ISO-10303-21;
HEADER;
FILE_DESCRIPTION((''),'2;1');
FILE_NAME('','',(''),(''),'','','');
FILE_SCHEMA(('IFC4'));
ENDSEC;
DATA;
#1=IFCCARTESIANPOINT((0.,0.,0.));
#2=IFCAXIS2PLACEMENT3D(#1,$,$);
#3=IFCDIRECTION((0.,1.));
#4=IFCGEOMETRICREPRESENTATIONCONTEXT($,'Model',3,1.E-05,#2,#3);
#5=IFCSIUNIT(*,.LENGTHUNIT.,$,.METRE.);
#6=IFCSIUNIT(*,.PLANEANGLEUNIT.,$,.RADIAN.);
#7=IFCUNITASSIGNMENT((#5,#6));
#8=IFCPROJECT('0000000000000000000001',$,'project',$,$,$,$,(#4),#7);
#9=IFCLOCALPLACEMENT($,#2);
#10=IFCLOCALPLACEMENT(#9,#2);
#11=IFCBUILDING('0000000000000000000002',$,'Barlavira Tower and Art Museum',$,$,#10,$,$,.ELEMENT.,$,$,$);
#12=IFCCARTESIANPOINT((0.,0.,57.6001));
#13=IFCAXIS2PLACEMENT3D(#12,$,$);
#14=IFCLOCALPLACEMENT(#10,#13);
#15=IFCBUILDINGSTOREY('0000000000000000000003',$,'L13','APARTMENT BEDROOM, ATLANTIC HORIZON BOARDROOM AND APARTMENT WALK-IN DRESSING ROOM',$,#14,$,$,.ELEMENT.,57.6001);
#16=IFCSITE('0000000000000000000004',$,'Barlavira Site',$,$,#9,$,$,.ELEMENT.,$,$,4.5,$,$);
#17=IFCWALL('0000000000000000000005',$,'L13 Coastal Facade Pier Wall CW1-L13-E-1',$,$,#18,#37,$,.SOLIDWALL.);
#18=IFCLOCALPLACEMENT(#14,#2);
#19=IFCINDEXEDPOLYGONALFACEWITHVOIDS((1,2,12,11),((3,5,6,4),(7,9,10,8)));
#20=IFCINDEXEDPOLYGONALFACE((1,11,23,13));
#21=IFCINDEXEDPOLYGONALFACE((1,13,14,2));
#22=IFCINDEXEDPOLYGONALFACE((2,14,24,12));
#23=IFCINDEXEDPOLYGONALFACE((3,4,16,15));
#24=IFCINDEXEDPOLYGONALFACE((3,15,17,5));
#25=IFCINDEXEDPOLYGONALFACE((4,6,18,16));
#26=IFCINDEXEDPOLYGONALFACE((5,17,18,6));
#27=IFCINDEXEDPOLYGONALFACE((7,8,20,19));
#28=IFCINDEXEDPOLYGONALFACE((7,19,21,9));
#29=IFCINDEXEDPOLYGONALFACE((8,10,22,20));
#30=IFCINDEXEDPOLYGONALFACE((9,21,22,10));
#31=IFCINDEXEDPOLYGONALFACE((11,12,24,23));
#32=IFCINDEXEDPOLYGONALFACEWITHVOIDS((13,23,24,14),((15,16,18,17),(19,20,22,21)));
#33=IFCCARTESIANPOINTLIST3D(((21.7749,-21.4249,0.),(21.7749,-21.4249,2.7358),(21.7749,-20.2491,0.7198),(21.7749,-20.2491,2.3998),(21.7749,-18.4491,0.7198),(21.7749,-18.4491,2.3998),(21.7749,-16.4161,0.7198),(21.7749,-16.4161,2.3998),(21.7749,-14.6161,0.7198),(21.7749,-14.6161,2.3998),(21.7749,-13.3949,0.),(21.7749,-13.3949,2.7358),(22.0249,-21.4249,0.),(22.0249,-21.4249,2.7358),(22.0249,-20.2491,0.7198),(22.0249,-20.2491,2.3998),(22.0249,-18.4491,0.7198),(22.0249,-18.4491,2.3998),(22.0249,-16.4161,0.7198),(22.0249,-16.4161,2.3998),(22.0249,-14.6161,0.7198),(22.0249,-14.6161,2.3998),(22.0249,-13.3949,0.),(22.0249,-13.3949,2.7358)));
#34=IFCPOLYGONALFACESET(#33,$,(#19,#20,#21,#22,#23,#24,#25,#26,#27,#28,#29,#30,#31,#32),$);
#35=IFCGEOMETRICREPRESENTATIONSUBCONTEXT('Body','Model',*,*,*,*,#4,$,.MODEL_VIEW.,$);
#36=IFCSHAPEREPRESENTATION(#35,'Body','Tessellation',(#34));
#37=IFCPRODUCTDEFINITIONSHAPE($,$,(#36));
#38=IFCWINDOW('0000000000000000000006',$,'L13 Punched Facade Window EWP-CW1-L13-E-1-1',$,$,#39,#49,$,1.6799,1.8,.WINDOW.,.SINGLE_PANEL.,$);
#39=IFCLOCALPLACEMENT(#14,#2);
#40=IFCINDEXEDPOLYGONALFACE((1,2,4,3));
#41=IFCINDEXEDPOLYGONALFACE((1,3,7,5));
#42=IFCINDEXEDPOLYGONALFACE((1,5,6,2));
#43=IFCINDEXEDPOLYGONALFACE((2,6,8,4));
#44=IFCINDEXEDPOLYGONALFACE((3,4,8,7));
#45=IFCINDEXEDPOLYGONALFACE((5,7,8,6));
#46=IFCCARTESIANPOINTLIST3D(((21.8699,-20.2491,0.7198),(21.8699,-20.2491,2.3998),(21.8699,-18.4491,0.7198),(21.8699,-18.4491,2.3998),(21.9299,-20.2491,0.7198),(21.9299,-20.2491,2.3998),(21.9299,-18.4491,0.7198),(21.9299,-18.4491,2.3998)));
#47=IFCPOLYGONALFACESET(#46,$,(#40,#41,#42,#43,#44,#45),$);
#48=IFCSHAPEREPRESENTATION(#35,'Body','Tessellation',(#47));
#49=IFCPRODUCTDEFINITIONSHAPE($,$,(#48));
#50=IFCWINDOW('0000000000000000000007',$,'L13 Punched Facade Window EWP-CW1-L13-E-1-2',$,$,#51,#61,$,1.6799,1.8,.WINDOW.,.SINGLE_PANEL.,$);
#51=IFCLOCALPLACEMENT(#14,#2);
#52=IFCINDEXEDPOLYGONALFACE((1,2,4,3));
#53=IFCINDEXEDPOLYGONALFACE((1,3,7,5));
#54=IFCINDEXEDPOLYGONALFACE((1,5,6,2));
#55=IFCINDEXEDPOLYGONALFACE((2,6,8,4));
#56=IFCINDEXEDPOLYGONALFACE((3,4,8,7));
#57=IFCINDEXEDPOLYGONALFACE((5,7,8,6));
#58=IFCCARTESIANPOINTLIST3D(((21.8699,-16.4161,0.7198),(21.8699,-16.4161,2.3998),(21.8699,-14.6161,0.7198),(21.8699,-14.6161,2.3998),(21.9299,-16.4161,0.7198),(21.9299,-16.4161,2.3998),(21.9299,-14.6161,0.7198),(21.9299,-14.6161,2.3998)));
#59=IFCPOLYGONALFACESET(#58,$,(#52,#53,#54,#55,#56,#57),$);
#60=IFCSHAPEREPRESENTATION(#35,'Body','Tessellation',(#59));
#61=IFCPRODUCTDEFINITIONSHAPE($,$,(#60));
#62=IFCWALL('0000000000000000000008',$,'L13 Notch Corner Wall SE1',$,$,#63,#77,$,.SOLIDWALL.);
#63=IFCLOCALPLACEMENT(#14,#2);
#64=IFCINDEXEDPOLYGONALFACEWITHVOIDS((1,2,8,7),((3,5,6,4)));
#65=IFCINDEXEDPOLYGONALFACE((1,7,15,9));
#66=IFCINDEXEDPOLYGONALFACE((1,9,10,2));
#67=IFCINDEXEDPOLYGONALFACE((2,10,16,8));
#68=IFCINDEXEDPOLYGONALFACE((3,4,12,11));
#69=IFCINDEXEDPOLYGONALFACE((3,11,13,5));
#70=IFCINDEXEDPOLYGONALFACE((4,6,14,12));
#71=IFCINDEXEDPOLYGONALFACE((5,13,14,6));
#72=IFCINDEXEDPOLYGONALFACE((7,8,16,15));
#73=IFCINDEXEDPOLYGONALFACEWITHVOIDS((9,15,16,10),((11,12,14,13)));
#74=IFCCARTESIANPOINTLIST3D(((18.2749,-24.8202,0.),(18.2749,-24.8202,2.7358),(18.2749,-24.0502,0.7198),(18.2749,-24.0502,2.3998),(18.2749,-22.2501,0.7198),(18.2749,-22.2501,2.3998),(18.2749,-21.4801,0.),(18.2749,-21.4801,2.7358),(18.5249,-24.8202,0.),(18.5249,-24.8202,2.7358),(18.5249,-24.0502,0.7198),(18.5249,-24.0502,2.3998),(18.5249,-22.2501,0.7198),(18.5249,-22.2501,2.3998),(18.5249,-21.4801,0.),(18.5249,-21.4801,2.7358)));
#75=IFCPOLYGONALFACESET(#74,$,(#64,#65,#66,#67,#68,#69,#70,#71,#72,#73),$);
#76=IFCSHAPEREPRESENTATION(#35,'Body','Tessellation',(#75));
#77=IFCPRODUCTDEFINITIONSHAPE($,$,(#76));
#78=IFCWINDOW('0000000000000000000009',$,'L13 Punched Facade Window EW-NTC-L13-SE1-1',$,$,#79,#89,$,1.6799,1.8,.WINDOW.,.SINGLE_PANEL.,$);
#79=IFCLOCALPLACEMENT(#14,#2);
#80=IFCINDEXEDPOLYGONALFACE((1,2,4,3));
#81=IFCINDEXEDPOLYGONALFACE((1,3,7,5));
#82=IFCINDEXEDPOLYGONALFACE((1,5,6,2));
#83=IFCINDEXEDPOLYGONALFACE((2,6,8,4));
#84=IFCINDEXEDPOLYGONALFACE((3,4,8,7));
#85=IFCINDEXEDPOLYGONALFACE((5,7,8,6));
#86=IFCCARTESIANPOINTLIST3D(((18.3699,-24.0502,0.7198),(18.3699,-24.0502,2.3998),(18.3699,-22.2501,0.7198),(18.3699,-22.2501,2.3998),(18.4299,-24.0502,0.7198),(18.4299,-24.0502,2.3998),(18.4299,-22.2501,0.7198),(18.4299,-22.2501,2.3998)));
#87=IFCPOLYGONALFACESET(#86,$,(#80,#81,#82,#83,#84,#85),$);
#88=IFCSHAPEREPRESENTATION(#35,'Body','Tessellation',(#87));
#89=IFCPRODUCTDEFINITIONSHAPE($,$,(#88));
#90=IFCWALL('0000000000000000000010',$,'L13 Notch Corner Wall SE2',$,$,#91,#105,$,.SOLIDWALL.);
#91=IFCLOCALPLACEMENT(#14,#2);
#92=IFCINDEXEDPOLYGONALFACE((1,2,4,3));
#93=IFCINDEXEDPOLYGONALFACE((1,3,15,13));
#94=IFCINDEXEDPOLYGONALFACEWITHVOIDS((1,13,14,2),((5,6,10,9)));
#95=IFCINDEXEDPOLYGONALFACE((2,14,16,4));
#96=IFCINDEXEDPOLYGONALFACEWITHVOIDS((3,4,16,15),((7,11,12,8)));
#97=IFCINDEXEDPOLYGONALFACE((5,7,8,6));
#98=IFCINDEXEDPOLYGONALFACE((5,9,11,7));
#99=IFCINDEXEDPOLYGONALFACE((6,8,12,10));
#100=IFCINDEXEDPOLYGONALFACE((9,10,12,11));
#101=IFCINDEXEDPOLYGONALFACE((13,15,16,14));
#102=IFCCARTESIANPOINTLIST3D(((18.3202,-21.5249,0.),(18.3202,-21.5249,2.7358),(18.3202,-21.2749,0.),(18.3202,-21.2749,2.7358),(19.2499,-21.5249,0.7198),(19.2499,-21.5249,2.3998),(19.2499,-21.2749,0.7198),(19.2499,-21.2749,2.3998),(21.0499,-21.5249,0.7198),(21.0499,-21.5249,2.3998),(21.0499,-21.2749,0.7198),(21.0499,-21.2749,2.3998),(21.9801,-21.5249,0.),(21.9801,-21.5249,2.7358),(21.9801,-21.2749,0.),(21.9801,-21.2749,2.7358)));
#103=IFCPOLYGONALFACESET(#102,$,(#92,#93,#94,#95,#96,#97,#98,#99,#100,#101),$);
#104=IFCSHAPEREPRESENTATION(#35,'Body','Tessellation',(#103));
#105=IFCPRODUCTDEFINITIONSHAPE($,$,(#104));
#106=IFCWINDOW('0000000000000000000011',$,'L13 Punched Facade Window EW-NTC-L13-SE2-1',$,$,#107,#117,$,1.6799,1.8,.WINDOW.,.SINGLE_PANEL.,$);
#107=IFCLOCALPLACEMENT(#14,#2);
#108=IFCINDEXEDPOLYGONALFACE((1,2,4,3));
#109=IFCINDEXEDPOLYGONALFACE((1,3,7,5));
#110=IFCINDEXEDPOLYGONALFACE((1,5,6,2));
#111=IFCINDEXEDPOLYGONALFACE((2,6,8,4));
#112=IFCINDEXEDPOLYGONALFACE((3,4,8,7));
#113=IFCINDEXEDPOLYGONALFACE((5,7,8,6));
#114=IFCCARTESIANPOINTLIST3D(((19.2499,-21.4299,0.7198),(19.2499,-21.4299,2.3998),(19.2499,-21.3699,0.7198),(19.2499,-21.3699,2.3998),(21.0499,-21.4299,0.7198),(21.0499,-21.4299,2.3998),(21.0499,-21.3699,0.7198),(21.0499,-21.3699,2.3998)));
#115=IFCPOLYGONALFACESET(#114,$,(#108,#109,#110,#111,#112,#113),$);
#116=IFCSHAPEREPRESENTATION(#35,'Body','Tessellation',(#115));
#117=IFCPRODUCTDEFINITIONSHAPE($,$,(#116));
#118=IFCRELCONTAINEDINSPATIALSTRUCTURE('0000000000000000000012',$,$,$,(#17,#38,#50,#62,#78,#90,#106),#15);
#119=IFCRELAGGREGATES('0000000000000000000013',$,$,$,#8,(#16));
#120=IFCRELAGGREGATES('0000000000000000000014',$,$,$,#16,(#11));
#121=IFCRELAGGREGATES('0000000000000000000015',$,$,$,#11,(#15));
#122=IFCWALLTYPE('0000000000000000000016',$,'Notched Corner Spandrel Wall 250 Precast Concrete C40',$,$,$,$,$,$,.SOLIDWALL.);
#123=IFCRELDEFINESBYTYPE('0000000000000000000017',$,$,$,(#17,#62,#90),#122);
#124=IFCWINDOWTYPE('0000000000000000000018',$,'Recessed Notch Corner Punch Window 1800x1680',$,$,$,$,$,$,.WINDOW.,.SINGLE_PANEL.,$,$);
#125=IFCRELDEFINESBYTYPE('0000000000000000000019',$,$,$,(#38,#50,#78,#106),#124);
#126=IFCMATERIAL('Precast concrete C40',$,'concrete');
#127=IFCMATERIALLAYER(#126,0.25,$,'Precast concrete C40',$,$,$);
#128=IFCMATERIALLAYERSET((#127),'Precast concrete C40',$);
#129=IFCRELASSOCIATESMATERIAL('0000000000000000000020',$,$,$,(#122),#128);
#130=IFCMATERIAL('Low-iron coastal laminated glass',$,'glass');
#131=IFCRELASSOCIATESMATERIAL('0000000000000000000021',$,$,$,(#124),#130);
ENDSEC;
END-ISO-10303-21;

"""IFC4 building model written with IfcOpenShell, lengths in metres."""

from ifc_helpers import new_model, si_unit, direction, frame, frame_2d, origin, place, context, subcontext, project, spatial, rectangle, extrude, material, layer, layer_set, type_object, element, fill, save


model = new_model("IFC4")

# Units and contexts
model_context = context("Model", 3, precision=1e-05, world=origin(), true_north=direction((0.0, 1.0)))
body_context = subcontext(model_context, "Body", "Model", "MODEL_VIEW")
ifc_project = project(units=[si_unit("LENGTHUNIT", "METRE"), si_unit("PLANEANGLEUNIT", "RADIAN")], contexts=[model_context])

# Site, building, storey
site_placement = place(None, origin())
site = spatial("IfcSite", under=ifc_project, at=site_placement, Name="Barlavira Site", CompositionType="ELEMENT", RefElevation=4.5)
building_placement = place(site_placement, origin())
building = spatial("IfcBuilding", under=site, at=building_placement, Name="Barlavira Tower and Art Museum", CompositionType="ELEMENT")
storey_placement = place(building_placement, frame((0.0, 0.0, 57.6001)))
storey = spatial("IfcBuildingStorey", under=building, at=storey_placement, Name="L13", Description="APARTMENT BEDROOM, ATLANTIC HORIZON BOARDROOM AND APARTMENT WALK-IN DRESSING ROOM", CompositionType="ELEMENT", Elevation=57.6001)

# Shared definitions
ifc_material_1 = material(Name="Precast concrete C40", Category="concrete")
ifc_layer_1 = layer(ifc_material_1, 0.25, Name="Precast concrete C40")
ifc_layer_set_1 = layer_set([ifc_layer_1], Name="Precast concrete C40")
wall_type_1 = type_object("IfcWallType", Name="Notched Corner Spandrel Wall 250 Precast Concrete C40", PredefinedType="SOLIDWALL", material=ifc_layer_set_1)
ifc_material_2 = material(Name="Low-iron coastal laminated glass", Category="glass")
window_type = type_object("IfcWindowType", Name="Recessed Notch Corner Punch Window 1800x1680", PartitioningType="SINGLE_PANEL", PredefinedType="WINDOW", material=ifc_material_2)

# Wall, openings, windows
wall_1_placement = place(storey_placement, frame((21.8999, -21.425, 0.0), z_axis=(0.0, 0.0, 1.0), x_axis=(0.0, 1.0, 0.0)))
wall_1 = element("IfcWall", 1, at=wall_1_placement, inside=storey, type_object=wall_type_1, Name="L13 Coastal Facade Pier Wall CW1-L13-E-1", PredefinedType="SOLIDWALL", context=body_context, shape_type="SweptSolid", body=[
    extrude(rectangle(XDim=8.03, YDim=0.25, at=frame_2d((4.0151, 0.0))), origin(), (0.0, 0.0, 1.0), 2.7358),
])
opening_1_placement = place(wall_1_placement, frame((1.176, 0.0, 0.72)))
opening_1 = element("IfcOpeningElement", 2, at=opening_1_placement, cuts=wall_1, PredefinedType="OPENING", context=body_context, shape_type="SweptSolid", body=[
    extrude(rectangle(XDim=1.8, YDim=1.6799, at=frame_2d((0.8999, 0.8398))), frame((0.0, 0.135, 0.0), z_axis=(0.0, -1.0, 0.0), x_axis=(1.0, 0.0, 0.0)), (0.0, 0.0, 1.0), 0.27),
])
opening_2_placement = place(wall_1_placement, frame((5.009, 0.0, 0.72)))
opening_2 = element("IfcOpeningElement", 3, at=opening_2_placement, cuts=wall_1, PredefinedType="OPENING", context=body_context, shape_type="SweptSolid", body=[
    extrude(rectangle(XDim=1.8, YDim=1.6799, at=frame_2d((0.8999, 0.8398))), frame((0.0, 0.135, 0.0), z_axis=(0.0, -1.0, 0.0), x_axis=(1.0, 0.0, 0.0)), (0.0, 0.0, 1.0), 0.27),
])
window_1_placement = place(opening_1_placement, origin())
window_1 = element("IfcWindow", 4, at=window_1_placement, inside=storey, type_object=window_type, Name="L13 Punched Facade Window EWP-CW1-L13-E-1-1", OverallHeight=1.6799, OverallWidth=1.8, PartitioningType="SINGLE_PANEL", PredefinedType="WINDOW", context=body_context, shape_type="SweptSolid", body=[
    extrude(rectangle(XDim=1.8, YDim=1.6799, at=frame_2d((0.8999, 0.8398))), frame((0.0, 0.03, 0.0), z_axis=(0.0, -1.0, 0.0), x_axis=(1.0, 0.0, 0.0)), (0.0, 0.0, 1.0), 0.0601),
])
fill(opening_1, window_1)
window_2_placement = place(opening_2_placement, origin())
window_2 = element("IfcWindow", 5, at=window_2_placement, inside=storey, type_object=window_type, Name="L13 Punched Facade Window EWP-CW1-L13-E-1-2", OverallHeight=1.6799, OverallWidth=1.8, PartitioningType="SINGLE_PANEL", PredefinedType="WINDOW", context=body_context, shape_type="SweptSolid", body=[
    extrude(rectangle(XDim=1.8, YDim=1.6799, at=frame_2d((0.8999, 0.8398))), frame((0.0, 0.03, 0.0), z_axis=(0.0, -1.0, 0.0), x_axis=(1.0, 0.0, 0.0)), (0.0, 0.0, 1.0), 0.0601),
])
fill(opening_2, window_2)

# Walls, openings, windows
wall_2_placement = place(storey_placement, frame((18.3999, -24.8201, 0.0), z_axis=(0.0, 0.0, 1.0), x_axis=(0.0, 1.0, 0.0)))
wall_2 = element("IfcWall", 6, at=wall_2_placement, inside=storey, type_object=wall_type_1, Name="L13 Notch Corner Wall SE1", PredefinedType="SOLIDWALL", context=body_context, shape_type="SweptSolid", body=[
    extrude(rectangle(XDim=3.3401, YDim=0.25, at=frame_2d((1.6699, 0.0))), origin(), (0.0, 0.0, 1.0), 2.7358),
])
opening_3_placement = place(wall_2_placement, frame((0.77, 0.0, 0.72)))
opening_3 = element("IfcOpeningElement", 7, at=opening_3_placement, cuts=wall_2, PredefinedType="OPENING", context=body_context, shape_type="SweptSolid", body=[
    extrude(rectangle(XDim=1.8, YDim=1.6799, at=frame_2d((0.8999, 0.8398))), frame((0.0, 0.135, 0.0), z_axis=(0.0, -1.0, 0.0), x_axis=(1.0, 0.0, 0.0)), (0.0, 0.0, 1.0), 0.27),
])
window_3_placement = place(opening_3_placement, origin())
window_3 = element("IfcWindow", 8, at=window_3_placement, inside=storey, type_object=window_type, Name="L13 Punched Facade Window EW-NTC-L13-SE1-1", OverallHeight=1.6799, OverallWidth=1.8, PartitioningType="SINGLE_PANEL", PredefinedType="WINDOW", context=body_context, shape_type="SweptSolid", body=[
    extrude(rectangle(XDim=1.8, YDim=1.6799, at=frame_2d((0.8999, 0.8398))), frame((0.0, 0.03, 0.0), z_axis=(0.0, -1.0, 0.0), x_axis=(1.0, 0.0, 0.0)), (0.0, 0.0, 1.0), 0.0601),
])
fill(opening_3, window_3)
wall_3_placement = place(storey_placement, frame((18.3201, -21.3999, 0.0), z_axis=(0.0, 0.0, 1.0), x_axis=(1.0, 0.0, 0.0)))
wall_3 = element("IfcWall", 9, at=wall_3_placement, inside=storey, type_object=wall_type_1, Name="L13 Notch Corner Wall SE2", PredefinedType="SOLIDWALL", context=body_context, shape_type="SweptSolid", body=[
    extrude(rectangle(XDim=3.6599, YDim=0.25, at=frame_2d((1.8301, 0.0))), origin(), (0.0, 0.0, 1.0), 2.7358),
])
opening_4_placement = place(wall_3_placement, frame((0.9299, 0.0, 0.72)))
opening_4 = element("IfcOpeningElement", 10, at=opening_4_placement, cuts=wall_3, PredefinedType="OPENING", context=body_context, shape_type="SweptSolid", body=[
    extrude(rectangle(XDim=1.8, YDim=1.6799, at=frame_2d((0.8999, 0.8398))), frame((0.0, 0.135, 0.0), z_axis=(0.0, -1.0, 0.0), x_axis=(1.0, 0.0, 0.0)), (0.0, 0.0, 1.0), 0.27),
])
window_4_placement = place(opening_4_placement, origin())
window_4 = element("IfcWindow", 11, at=window_4_placement, inside=storey, type_object=window_type, Name="L13 Punched Facade Window EW-NTC-L13-SE2-1", OverallHeight=1.6799, OverallWidth=1.8, PartitioningType="SINGLE_PANEL", PredefinedType="WINDOW", context=body_context, shape_type="SweptSolid", body=[
    extrude(rectangle(XDim=1.8, YDim=1.6799, at=frame_2d((0.8999, 0.8398))), frame((0.0, 0.03, 0.0), z_axis=(0.0, -1.0, 0.0), x_axis=(1.0, 0.0, 0.0)), (0.0, 0.0, 1.0), 0.0601),
])
fill(opening_4, window_4)

save(model, "model.ifc")
